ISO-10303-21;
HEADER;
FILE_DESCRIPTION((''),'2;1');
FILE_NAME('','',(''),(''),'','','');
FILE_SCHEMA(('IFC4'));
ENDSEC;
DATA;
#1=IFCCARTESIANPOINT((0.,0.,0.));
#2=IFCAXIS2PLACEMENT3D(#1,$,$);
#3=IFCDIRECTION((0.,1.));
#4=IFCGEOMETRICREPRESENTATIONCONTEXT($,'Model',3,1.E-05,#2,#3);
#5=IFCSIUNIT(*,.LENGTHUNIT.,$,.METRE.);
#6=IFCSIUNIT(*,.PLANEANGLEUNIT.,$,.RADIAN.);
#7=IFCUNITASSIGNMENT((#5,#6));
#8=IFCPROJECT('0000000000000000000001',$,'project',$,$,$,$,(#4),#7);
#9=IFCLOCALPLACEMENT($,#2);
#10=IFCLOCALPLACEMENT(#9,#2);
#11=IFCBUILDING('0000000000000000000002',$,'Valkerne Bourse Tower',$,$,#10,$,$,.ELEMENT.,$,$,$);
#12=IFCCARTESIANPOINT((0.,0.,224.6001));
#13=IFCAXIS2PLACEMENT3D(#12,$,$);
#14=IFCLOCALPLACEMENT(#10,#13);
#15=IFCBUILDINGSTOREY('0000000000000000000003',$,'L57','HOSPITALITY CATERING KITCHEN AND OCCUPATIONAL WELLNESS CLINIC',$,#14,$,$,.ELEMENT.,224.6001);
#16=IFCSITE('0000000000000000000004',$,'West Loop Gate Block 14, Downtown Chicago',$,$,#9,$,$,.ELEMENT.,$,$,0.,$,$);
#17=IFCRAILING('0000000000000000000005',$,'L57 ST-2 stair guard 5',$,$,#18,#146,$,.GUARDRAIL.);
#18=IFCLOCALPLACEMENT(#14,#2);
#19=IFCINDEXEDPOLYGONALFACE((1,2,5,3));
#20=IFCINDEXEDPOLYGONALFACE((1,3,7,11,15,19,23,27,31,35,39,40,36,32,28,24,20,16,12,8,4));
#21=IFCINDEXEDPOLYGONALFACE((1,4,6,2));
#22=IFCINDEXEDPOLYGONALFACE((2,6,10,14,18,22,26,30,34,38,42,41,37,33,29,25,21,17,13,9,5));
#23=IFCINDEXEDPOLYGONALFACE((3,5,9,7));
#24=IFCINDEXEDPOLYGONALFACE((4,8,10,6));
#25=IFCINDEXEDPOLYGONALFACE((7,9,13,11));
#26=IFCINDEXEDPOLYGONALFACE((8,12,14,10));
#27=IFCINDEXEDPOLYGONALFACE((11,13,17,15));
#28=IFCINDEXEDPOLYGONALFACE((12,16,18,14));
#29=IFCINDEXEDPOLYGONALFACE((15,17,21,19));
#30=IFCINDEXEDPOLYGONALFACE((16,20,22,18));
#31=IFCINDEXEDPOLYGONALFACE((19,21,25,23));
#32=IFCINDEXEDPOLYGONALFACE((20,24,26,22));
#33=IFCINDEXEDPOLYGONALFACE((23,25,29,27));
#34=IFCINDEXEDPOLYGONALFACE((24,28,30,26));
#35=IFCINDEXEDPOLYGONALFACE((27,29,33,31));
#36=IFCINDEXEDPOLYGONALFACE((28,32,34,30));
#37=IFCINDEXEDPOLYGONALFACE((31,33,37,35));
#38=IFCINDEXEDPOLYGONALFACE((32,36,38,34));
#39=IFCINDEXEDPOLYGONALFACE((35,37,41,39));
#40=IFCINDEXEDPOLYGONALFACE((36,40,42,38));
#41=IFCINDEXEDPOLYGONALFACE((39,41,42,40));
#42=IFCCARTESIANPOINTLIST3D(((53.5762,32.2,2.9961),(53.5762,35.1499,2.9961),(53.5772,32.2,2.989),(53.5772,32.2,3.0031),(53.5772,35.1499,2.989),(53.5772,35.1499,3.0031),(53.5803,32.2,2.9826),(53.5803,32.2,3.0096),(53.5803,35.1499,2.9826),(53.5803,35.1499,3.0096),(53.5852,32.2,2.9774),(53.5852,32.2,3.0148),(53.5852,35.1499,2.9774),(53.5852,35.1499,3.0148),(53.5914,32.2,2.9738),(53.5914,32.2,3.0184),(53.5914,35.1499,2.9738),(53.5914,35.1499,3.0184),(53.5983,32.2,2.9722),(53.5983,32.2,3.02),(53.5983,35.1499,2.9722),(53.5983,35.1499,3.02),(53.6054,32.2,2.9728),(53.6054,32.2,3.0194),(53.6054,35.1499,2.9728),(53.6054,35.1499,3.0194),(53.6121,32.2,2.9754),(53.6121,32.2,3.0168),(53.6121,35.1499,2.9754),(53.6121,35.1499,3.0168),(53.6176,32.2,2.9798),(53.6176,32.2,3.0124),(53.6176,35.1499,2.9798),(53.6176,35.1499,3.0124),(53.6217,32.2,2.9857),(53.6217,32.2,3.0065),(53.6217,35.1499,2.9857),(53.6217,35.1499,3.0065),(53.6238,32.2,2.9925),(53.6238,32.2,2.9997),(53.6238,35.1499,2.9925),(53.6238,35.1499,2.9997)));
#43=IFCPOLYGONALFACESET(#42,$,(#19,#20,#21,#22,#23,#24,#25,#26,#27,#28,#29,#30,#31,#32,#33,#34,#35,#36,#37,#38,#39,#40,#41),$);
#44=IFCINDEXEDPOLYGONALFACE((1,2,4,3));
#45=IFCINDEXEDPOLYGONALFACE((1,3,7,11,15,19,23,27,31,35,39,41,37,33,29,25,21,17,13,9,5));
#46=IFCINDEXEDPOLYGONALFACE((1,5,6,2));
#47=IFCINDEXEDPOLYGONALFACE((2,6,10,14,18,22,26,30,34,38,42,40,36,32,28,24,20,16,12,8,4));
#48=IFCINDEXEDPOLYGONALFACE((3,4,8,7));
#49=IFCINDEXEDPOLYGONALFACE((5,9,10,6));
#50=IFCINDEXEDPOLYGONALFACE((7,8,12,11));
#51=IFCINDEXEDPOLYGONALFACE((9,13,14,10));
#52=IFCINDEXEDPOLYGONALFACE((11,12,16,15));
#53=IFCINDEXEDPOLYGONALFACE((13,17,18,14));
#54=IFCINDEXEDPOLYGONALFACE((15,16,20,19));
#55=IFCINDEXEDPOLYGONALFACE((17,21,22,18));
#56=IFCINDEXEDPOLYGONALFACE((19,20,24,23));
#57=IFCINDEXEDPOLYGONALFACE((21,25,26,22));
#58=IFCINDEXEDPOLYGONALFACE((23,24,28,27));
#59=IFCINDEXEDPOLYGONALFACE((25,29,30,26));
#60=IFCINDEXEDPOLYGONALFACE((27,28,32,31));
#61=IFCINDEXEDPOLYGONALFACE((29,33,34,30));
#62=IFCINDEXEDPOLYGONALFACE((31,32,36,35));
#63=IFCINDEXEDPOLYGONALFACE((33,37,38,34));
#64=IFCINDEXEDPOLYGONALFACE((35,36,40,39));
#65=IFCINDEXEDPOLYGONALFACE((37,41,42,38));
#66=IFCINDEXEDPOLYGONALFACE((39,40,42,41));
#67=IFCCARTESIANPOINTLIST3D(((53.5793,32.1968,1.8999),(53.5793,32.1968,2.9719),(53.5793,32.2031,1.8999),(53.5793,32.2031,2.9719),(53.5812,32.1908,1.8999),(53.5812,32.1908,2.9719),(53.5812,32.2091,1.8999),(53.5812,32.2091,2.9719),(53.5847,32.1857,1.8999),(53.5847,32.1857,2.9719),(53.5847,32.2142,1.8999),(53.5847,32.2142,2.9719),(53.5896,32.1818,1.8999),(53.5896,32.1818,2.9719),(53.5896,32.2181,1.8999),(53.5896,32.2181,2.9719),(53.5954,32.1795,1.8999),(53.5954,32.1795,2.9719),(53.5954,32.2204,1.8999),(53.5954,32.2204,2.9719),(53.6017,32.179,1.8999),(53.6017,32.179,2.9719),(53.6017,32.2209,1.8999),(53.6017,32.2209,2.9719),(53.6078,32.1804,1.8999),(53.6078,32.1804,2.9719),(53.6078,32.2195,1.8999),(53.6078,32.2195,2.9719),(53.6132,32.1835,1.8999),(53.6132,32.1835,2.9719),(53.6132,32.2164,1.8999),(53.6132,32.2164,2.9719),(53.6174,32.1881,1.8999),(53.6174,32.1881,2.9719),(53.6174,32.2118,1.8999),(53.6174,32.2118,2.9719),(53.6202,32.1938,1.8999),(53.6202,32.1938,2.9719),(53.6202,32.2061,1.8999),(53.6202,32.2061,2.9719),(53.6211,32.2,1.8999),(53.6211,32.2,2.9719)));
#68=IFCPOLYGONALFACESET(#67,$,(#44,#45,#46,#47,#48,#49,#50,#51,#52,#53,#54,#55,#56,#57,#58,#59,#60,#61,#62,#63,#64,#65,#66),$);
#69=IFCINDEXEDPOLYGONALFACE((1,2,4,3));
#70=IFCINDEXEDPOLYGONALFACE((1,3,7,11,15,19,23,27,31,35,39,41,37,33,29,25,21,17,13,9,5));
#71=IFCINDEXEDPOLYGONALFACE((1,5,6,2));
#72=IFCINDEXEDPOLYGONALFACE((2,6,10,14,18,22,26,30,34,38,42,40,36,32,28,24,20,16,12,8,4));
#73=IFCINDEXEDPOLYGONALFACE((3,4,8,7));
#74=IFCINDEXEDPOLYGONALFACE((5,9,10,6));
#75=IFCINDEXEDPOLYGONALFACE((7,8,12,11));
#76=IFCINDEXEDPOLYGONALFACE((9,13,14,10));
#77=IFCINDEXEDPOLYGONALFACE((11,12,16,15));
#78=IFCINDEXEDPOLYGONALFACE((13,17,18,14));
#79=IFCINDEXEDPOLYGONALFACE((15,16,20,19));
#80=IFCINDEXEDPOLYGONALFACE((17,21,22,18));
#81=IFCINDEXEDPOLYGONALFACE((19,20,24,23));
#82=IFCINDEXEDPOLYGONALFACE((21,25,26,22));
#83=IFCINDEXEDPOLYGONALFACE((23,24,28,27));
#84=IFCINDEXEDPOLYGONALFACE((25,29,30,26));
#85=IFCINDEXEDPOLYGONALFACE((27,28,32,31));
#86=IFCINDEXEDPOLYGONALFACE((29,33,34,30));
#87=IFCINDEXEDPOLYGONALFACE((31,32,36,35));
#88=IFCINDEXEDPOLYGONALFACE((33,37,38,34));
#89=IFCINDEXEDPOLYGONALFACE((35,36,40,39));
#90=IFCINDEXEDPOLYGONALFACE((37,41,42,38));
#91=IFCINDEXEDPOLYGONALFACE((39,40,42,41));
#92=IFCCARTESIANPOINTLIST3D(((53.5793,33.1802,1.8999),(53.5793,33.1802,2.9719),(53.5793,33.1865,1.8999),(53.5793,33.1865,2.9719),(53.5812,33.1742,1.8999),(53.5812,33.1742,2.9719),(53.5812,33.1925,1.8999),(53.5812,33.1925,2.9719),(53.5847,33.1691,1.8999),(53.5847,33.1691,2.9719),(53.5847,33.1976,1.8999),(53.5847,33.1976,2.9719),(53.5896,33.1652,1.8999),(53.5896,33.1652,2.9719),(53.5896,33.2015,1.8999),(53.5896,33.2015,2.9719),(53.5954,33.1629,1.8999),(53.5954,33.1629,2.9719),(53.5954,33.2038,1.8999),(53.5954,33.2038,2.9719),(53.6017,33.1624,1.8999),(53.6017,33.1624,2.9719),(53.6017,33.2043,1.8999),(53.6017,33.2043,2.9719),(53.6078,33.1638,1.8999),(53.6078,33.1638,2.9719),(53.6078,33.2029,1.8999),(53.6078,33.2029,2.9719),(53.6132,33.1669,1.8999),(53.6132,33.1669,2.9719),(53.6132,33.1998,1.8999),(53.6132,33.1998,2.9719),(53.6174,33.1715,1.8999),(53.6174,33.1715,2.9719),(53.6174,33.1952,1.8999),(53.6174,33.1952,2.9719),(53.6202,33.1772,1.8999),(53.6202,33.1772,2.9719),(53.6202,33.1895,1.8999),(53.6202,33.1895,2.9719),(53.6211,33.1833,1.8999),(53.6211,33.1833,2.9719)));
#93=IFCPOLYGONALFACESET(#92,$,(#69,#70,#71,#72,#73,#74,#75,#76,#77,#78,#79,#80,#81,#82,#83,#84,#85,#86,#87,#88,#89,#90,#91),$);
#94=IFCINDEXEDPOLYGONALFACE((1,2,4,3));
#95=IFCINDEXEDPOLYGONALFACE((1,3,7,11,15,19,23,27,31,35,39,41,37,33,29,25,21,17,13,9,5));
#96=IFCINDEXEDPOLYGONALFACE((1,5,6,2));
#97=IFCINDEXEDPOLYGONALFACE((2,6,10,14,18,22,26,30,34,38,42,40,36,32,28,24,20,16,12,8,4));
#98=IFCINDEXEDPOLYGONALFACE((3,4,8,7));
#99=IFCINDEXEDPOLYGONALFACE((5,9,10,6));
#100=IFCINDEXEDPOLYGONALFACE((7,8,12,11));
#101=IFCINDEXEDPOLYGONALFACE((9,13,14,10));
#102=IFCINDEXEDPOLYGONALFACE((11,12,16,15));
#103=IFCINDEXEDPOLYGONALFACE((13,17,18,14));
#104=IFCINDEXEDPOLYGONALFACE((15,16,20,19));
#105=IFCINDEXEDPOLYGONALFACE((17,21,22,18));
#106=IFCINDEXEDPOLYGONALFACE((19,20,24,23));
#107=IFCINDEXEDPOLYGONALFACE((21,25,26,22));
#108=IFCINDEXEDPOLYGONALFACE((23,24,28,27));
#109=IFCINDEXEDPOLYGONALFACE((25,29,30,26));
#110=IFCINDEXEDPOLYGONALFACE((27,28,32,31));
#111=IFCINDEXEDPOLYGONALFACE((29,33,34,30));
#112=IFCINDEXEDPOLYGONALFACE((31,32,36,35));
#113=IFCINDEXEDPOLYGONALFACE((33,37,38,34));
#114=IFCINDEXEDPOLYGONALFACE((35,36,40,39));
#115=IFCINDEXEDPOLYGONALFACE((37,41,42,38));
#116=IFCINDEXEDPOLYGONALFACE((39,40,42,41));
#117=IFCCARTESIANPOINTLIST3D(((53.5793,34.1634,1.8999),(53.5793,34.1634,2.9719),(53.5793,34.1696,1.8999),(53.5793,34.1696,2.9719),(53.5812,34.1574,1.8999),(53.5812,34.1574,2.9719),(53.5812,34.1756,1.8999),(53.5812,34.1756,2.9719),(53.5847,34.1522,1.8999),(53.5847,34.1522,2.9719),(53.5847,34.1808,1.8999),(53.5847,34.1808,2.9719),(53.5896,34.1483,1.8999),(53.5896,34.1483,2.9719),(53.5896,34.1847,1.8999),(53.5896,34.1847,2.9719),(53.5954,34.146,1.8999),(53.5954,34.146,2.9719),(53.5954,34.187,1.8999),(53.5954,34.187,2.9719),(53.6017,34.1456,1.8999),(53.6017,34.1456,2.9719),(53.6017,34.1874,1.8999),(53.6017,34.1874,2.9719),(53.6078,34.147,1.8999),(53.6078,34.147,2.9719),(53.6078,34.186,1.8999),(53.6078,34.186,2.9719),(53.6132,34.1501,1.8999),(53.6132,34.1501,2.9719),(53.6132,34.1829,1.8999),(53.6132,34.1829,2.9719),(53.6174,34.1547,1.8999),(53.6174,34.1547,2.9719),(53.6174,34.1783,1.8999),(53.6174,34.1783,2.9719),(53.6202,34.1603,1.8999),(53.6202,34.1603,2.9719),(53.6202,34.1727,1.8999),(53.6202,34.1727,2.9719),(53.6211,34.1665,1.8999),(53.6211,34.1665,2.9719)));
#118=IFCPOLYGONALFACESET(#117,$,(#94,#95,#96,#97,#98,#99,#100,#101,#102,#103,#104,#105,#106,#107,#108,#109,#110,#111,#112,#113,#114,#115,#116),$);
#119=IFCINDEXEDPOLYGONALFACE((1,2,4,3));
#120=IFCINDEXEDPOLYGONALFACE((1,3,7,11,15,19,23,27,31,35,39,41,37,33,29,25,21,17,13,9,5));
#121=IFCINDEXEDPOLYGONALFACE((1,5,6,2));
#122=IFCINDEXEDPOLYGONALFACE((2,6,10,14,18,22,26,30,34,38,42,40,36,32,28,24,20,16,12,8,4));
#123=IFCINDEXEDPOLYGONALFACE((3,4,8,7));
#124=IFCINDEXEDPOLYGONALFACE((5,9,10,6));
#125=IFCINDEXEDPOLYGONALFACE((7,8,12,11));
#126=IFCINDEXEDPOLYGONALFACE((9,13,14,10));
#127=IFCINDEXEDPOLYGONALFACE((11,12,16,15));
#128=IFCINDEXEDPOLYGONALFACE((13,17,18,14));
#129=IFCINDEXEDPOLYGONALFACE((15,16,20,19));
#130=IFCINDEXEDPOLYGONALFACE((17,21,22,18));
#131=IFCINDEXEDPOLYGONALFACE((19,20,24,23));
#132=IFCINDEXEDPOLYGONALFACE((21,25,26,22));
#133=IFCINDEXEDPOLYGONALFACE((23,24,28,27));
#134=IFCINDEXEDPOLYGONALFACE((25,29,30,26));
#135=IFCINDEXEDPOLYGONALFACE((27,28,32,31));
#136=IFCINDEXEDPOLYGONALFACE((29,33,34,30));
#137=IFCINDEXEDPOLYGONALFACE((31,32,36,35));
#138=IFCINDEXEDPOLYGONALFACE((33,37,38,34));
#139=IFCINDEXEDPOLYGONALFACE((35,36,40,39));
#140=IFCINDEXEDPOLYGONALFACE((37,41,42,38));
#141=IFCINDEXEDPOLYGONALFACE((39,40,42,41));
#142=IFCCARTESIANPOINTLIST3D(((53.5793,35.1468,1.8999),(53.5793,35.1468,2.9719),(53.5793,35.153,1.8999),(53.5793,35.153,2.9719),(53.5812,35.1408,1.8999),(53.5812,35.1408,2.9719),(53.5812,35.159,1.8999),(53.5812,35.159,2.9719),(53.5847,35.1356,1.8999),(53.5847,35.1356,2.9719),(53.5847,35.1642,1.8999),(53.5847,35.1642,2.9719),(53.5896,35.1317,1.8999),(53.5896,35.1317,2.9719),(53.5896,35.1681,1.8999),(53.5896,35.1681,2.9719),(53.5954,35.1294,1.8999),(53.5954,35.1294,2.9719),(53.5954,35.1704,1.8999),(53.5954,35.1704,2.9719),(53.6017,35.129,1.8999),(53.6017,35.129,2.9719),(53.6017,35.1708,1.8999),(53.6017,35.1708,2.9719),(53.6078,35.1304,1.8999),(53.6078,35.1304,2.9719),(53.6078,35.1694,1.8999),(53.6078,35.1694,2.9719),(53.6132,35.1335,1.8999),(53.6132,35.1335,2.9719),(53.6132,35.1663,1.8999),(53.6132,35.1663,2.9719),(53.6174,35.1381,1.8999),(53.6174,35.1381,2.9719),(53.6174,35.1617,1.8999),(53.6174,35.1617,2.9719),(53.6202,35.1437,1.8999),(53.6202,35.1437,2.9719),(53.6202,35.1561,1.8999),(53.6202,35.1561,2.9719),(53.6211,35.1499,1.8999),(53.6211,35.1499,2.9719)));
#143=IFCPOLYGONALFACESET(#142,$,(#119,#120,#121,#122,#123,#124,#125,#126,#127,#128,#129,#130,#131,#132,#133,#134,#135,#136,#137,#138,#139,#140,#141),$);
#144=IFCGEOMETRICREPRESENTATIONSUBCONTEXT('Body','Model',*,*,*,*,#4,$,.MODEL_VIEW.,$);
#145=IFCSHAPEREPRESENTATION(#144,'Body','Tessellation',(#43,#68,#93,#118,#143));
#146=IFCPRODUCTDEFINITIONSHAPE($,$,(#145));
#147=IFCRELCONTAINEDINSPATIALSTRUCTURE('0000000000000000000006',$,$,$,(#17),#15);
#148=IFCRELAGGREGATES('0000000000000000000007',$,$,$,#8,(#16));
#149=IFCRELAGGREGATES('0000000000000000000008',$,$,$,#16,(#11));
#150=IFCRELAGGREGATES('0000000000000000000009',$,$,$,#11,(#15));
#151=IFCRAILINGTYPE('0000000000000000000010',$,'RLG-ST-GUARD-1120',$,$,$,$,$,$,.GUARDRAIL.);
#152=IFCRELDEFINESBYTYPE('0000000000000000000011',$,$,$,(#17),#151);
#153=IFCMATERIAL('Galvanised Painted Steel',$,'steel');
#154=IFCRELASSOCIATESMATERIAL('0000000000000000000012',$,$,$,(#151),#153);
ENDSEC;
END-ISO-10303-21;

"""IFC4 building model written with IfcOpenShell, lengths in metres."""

from ifc_helpers import new_model, si_unit, direction, frame, origin, origin_2d, place, context, subcontext, project, spatial, circle, extrude, material, type_object, element, save


model = new_model("IFC4")

# Units and contexts
model_context = context("Model", 3, precision=1e-05, world=origin(), true_north=direction((0.0, 1.0)))
body_context = subcontext(model_context, "Body", "Model", "MODEL_VIEW")
ifc_project = project(units=[si_unit("LENGTHUNIT", "METRE"), si_unit("PLANEANGLEUNIT", "RADIAN")], contexts=[model_context])

# Site, building, storey
site_placement = place(None, origin())
site = spatial("IfcSite", under=ifc_project, at=site_placement, Name="West Loop Gate Block 14, Downtown Chicago", CompositionType="ELEMENT", RefElevation=0.0)
building_placement = place(site_placement, origin())
building = spatial("IfcBuilding", under=site, at=building_placement, Name="Valkerne Bourse Tower", CompositionType="ELEMENT")
storey_placement = place(building_placement, frame((0.0, 0.0, 224.6001)))
storey = spatial("IfcBuildingStorey", under=building, at=storey_placement, Name="L57", Description="HOSPITALITY CATERING KITCHEN AND OCCUPATIONAL WELLNESS CLINIC", CompositionType="ELEMENT", Elevation=224.6001)

# Railing
ifc_material_1 = material(Name="Galvanised Painted Steel", Category="steel")
railing_type = type_object("IfcRailingType", Name="RLG-ST-GUARD-1120", PredefinedType="GUARDRAIL", material=ifc_material_1)
railing_1_placement = place(storey_placement, frame((53.6001, 32.2, 1.8999)))
element("IfcRailing", 1, at=railing_1_placement, inside=storey, type_object=railing_type, Name="L57 ST-2 stair guard 5", PredefinedType="GUARDRAIL", context=body_context, shape_type="SweptSolid", body=[
    extrude(circle(Radius=0.0239, at=origin_2d()), frame((0.0, 0.0, 1.0962), z_axis=(0.0, 1.0, 0.0), x_axis=(-1.0, 0.0, 0.0)), (0.0, 0.0, 1.0), 2.95),
    extrude(circle(Radius=0.021, at=origin_2d()), origin(), (0.0, 0.0, 1.0), 1.072),
    extrude(circle(Radius=0.021, at=origin_2d()), frame((0.0, 0.9834, 0.0)), (0.0, 0.0, 1.0), 1.072),
    extrude(circle(Radius=0.021, at=origin_2d()), frame((0.0, 1.9666, 0.0)), (0.0, 0.0, 1.0), 1.072),
    extrude(circle(Radius=0.021, at=origin_2d()), frame((0.0, 2.95, 0.0)), (0.0, 0.0, 1.0), 1.072),
])

save(model, "model.ifc")
